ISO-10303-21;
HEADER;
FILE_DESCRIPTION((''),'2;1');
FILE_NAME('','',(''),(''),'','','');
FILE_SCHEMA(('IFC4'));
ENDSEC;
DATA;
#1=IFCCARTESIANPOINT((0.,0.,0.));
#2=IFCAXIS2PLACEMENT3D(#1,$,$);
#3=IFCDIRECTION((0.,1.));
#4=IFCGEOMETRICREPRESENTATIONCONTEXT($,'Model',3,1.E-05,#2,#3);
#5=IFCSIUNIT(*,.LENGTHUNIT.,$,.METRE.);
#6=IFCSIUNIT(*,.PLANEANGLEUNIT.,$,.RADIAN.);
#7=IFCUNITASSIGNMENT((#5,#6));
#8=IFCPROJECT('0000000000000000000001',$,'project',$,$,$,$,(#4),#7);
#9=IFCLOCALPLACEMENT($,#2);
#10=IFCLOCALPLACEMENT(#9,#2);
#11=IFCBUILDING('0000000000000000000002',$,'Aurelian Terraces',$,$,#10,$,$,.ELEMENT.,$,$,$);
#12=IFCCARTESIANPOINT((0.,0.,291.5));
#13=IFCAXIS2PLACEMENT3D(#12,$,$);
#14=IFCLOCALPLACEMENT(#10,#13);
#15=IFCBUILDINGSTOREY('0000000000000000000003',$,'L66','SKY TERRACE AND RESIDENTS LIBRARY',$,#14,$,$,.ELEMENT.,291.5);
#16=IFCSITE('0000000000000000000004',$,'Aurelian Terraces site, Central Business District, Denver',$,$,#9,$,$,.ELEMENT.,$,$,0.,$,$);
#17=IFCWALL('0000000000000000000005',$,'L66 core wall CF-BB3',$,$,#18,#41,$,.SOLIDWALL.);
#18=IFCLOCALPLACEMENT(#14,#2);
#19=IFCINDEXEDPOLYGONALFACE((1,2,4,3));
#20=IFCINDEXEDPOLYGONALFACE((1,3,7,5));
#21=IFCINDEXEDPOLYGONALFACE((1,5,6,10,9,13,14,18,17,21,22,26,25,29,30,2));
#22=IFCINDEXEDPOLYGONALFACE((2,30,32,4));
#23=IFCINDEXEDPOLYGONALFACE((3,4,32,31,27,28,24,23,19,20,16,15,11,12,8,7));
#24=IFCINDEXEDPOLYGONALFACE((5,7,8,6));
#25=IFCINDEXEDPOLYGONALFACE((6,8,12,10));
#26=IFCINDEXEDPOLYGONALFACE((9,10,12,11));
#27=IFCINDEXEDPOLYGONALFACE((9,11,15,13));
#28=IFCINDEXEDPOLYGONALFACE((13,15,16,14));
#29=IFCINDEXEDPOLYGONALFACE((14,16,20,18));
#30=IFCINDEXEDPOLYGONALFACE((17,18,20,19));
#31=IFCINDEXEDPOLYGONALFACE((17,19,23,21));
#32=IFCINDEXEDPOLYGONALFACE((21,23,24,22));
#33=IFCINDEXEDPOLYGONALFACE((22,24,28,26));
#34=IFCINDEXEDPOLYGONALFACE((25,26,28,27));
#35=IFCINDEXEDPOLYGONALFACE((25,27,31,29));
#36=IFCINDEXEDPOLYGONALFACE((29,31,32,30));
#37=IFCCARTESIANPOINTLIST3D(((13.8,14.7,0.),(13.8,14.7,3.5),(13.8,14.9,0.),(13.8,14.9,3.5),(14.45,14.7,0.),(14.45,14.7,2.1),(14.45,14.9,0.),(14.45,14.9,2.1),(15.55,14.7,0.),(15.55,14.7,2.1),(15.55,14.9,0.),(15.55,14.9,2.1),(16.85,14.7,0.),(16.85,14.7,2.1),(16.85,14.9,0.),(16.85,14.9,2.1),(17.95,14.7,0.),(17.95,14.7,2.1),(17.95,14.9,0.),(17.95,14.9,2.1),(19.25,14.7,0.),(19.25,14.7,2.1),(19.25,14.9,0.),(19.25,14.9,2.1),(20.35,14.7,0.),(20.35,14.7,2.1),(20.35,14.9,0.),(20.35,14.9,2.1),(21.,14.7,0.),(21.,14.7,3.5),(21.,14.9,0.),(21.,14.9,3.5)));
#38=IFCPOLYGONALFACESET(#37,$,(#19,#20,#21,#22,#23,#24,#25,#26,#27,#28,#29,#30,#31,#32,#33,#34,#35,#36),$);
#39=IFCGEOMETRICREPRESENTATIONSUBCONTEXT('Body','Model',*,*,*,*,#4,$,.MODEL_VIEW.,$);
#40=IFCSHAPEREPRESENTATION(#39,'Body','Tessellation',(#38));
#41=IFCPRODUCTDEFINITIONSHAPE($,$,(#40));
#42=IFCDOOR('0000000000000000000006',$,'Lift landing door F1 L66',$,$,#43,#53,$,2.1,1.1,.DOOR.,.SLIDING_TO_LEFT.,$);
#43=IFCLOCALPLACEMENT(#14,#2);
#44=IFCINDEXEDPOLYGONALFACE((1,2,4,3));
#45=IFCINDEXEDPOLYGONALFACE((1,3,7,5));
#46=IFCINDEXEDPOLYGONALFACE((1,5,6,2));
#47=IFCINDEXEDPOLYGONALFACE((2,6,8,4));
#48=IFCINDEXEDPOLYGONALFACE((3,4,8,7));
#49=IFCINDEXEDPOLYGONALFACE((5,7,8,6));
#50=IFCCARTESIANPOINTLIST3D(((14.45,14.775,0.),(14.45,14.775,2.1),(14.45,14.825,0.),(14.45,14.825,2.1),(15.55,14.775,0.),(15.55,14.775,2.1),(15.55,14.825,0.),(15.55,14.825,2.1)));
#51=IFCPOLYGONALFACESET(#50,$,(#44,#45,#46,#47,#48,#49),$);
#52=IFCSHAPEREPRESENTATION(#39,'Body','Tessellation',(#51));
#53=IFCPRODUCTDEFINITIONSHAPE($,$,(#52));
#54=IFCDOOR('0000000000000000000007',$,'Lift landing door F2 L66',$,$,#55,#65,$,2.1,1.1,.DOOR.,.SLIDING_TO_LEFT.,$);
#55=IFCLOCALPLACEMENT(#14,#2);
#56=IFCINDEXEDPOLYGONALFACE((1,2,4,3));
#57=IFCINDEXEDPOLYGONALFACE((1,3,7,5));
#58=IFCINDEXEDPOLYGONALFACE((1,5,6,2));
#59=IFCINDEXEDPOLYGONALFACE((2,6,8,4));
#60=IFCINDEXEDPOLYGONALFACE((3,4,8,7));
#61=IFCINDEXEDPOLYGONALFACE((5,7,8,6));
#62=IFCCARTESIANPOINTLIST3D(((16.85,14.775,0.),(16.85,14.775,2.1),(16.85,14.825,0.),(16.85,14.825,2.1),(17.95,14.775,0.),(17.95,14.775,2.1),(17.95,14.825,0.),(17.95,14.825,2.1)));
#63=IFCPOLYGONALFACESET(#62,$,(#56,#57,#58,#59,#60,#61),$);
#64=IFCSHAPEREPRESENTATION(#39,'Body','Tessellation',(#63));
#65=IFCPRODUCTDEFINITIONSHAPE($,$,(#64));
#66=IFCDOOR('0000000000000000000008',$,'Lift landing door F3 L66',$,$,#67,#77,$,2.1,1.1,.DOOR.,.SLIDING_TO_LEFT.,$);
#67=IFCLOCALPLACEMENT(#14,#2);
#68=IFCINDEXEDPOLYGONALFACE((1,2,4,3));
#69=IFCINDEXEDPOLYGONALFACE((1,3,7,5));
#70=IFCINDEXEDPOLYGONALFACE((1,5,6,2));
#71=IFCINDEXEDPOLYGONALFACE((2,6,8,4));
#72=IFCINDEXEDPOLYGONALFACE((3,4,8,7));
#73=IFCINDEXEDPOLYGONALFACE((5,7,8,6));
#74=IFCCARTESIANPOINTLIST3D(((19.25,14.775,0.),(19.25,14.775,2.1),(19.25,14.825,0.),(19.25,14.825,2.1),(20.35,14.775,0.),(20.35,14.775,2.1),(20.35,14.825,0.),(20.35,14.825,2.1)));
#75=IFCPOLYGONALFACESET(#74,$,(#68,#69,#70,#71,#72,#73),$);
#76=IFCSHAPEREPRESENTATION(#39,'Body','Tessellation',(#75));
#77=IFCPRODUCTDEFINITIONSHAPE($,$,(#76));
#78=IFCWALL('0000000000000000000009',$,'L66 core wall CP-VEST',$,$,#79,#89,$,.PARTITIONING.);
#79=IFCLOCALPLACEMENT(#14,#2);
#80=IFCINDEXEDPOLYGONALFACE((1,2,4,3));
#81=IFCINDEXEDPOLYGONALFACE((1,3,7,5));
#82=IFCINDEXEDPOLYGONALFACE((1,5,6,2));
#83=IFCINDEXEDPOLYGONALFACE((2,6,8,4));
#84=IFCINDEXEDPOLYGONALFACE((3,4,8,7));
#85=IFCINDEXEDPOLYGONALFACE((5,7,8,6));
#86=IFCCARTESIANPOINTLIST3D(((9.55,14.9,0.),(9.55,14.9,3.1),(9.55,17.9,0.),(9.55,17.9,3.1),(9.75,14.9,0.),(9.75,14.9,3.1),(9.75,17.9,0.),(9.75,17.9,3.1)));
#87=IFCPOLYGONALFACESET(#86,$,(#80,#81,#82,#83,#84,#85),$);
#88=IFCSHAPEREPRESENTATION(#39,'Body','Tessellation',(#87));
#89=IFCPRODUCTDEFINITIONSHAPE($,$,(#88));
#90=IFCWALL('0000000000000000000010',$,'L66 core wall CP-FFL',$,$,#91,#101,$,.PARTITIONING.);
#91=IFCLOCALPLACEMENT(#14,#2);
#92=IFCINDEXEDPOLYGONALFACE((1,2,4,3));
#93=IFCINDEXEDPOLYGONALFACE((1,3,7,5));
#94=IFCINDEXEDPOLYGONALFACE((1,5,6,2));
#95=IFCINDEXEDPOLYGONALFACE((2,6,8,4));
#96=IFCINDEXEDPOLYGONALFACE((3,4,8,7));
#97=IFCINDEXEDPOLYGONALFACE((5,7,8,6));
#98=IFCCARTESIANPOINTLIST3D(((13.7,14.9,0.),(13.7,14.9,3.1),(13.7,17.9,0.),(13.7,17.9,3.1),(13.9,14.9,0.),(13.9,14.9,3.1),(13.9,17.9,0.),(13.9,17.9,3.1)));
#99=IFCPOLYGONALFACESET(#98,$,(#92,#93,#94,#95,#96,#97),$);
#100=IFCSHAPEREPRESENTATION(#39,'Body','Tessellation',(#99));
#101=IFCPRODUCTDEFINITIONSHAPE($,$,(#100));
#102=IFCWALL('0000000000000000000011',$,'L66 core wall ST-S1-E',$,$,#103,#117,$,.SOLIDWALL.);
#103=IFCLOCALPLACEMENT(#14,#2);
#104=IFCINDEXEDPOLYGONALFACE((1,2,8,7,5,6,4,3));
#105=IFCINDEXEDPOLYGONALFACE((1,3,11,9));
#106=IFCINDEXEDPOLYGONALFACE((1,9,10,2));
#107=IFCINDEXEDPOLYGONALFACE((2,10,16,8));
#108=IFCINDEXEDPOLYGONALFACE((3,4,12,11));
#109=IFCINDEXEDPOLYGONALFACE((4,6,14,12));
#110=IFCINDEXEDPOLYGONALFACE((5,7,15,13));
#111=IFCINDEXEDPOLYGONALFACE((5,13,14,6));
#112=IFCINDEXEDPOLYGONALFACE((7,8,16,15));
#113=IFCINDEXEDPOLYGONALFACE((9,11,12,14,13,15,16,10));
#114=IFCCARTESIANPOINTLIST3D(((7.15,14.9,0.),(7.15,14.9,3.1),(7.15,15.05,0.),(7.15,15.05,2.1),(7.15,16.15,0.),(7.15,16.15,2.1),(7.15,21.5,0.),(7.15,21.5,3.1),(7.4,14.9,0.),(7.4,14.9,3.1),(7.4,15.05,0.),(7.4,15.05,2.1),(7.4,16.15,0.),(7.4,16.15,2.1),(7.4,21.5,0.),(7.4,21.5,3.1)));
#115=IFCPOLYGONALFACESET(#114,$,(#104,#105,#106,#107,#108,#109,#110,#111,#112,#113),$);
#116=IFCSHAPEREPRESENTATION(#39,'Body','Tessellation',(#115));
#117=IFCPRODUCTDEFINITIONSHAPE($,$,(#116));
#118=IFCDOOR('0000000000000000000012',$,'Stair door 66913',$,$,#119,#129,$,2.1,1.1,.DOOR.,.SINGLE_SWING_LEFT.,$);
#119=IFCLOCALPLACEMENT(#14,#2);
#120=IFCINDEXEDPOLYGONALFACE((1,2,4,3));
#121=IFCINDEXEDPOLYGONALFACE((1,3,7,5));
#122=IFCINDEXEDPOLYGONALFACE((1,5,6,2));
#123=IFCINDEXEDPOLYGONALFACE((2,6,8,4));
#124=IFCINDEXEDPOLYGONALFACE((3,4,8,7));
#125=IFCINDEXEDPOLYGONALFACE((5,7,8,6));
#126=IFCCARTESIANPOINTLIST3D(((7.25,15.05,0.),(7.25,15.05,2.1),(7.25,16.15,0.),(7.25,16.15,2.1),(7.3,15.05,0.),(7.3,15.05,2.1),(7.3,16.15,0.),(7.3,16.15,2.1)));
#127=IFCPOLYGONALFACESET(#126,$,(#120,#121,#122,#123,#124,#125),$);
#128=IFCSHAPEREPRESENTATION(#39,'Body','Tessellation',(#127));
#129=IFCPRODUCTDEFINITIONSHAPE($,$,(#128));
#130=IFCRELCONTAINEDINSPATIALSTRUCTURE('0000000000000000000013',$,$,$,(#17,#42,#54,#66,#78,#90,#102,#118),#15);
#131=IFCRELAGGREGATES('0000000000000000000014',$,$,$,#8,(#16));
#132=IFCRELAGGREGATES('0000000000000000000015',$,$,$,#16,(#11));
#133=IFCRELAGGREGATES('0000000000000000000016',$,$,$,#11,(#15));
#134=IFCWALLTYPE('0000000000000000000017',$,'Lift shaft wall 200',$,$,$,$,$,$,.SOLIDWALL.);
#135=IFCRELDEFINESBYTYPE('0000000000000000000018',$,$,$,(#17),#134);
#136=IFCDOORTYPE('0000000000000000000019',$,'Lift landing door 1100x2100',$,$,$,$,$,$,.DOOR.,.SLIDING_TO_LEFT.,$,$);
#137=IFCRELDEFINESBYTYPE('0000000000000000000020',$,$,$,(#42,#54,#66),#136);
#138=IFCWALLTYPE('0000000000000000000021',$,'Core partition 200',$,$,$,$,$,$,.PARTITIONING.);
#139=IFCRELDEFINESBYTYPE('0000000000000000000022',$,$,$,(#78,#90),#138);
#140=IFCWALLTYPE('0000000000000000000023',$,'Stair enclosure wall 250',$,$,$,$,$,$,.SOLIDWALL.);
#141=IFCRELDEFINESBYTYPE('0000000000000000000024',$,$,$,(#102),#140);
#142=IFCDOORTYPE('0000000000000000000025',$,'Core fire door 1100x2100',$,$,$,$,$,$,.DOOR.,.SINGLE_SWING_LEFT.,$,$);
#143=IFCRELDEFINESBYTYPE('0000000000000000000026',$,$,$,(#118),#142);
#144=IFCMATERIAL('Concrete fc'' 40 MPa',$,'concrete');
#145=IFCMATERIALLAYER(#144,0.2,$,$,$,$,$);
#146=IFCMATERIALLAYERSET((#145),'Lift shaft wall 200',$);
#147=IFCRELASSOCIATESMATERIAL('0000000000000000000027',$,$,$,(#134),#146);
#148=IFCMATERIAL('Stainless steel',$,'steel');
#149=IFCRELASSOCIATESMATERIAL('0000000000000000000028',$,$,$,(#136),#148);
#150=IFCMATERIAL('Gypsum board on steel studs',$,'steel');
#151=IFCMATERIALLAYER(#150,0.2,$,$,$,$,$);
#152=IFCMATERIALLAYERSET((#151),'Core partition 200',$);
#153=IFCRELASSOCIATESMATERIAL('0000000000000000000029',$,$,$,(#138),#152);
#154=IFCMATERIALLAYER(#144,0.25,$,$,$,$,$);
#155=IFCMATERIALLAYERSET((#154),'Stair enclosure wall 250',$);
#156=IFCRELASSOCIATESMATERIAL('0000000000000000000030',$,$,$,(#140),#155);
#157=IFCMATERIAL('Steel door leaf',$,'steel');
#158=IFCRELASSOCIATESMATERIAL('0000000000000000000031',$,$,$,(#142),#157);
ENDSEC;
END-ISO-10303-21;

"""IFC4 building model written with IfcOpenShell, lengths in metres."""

from ifc_helpers import new_model, si_unit, direction, frame, frame_2d, origin, place, context, subcontext, project, spatial, rectangle, extrude, source, transform, mapped, material, layer, layer_set, type_object, element, fill, save


model = new_model("IFC4")

# Units and contexts
model_context = context("Model", 3, precision=1e-05, world=origin(), true_north=direction((0.0, 1.0)))
body_context = subcontext(model_context, "Body", "Model", "MODEL_VIEW")
ifc_project = project(units=[si_unit("LENGTHUNIT", "METRE"), si_unit("PLANEANGLEUNIT", "RADIAN")], contexts=[model_context])

# Site, building, storey
site_placement = place(None, origin())
site = spatial("IfcSite", under=ifc_project, at=site_placement, Name="Aurelian Terraces site, Central Business District, Denver", CompositionType="ELEMENT", RefElevation=0.0)
building_placement = place(site_placement, origin())
building = spatial("IfcBuilding", under=site, at=building_placement, Name="Aurelian Terraces", CompositionType="ELEMENT")
storey_placement = place(building_placement, frame((0.0, 0.0, 291.5)))
storey = spatial("IfcBuildingStorey", under=building, at=storey_placement, Name="L66", Description="SKY TERRACE AND RESIDENTS LIBRARY", CompositionType="ELEMENT", Elevation=291.5)

# Shared definitions
ifc_material_1 = material(Name="Gypsum board on steel studs", Category="steel")
ifc_material_2 = material(Name="Steel door leaf", Category="steel")

# Wall, openings, doors
ifc_material_3 = material(Name="Concrete fc' 40 MPa", Category="concrete")
ifc_layer_1 = layer(ifc_material_3, 0.2)
ifc_layer_set_1 = layer_set([ifc_layer_1], Name="Lift shaft wall 200")
wall_type_1 = type_object("IfcWallType", Name="Lift shaft wall 200", PredefinedType="SOLIDWALL", material=ifc_layer_set_1)
shared_shape_1 = source(origin(), body_context, "Body", "SweptSolid", [
    extrude(rectangle(XDim=7.2, YDim=0.2, at=frame_2d((3.6, 0.0))), origin(), (0.0, 0.0, 1.0), 3.5),
])
wall_1_placement = place(storey_placement, frame((13.8, 14.8, 0.0), z_axis=(0.0, 0.0, 1.0), x_axis=(1.0, 0.0, 0.0)))
wall_1 = element("IfcWall", 1, at=wall_1_placement, inside=storey, type_object=wall_type_1, Name="L66 core wall CF-BB3", PredefinedType="SOLIDWALL", context=body_context, shape_type="MappedRepresentation", body=[
    mapped(shared_shape_1, transform((0.0, 0.0, 0.0), scale=1.0)),
])
shared_shape_2 = source(origin(), body_context, "Body", "SweptSolid", [
    extrude(rectangle(XDim=1.1, YDim=2.1, at=frame_2d((0.55, 1.05))), frame((0.0, 0.11, 0.0), z_axis=(0.0, -1.0, 0.0), x_axis=(1.0, 0.0, 0.0)), (0.0, 0.0, 1.0), 0.22),
])
opening_1_placement = place(wall_1_placement, frame((0.65, 0.0, 0.0)))
opening_1 = element("IfcOpeningElement", 2, at=opening_1_placement, cuts=wall_1, PredefinedType="OPENING", context=body_context, shape_type="MappedRepresentation", body=[
    mapped(shared_shape_2, transform((0.0, 0.0, 0.0), scale=1.0)),
])
opening_2_placement = place(wall_1_placement, frame((3.05, 0.0, 0.0)))
opening_2 = element("IfcOpeningElement", 3, at=opening_2_placement, cuts=wall_1, PredefinedType="OPENING", context=body_context, shape_type="MappedRepresentation", body=[
    mapped(shared_shape_2, transform((0.0, 0.0, 0.0), scale=1.0)),
])
opening_3_placement = place(wall_1_placement, frame((5.45, 0.0, 0.0)))
opening_3 = element("IfcOpeningElement", 4, at=opening_3_placement, cuts=wall_1, PredefinedType="OPENING", context=body_context, shape_type="MappedRepresentation", body=[
    mapped(shared_shape_2, transform((0.0, 0.0, 0.0), scale=1.0)),
])
ifc_material_4 = material(Name="Stainless steel", Category="steel")
door_type_1 = type_object("IfcDoorType", Name="Lift landing door 1100x2100", OperationType="SLIDING_TO_LEFT", PredefinedType="DOOR", material=ifc_material_4)
shared_shape_3 = source(origin(), body_context, "Body", "SweptSolid", [
    extrude(rectangle(XDim=1.1, YDim=2.1, at=frame_2d((0.55, 1.05))), frame((0.0, 0.025, 0.0), z_axis=(0.0, -1.0, 0.0), x_axis=(1.0, 0.0, 0.0)), (0.0, 0.0, 1.0), 0.05),
])
door_1_placement = place(opening_1_placement, origin())
door_1 = element("IfcDoor", 5, at=door_1_placement, inside=storey, type_object=door_type_1, Name="Lift landing door F1 L66", OperationType="SLIDING_TO_LEFT", OverallHeight=2.1, OverallWidth=1.1, PredefinedType="DOOR", context=body_context, shape_type="MappedRepresentation", body=[
    mapped(shared_shape_3, transform((0.0, 0.0, 0.0), scale=1.0)),
])
fill(opening_1, door_1)
door_2_placement = place(opening_2_placement, origin())
door_2 = element("IfcDoor", 6, at=door_2_placement, inside=storey, type_object=door_type_1, Name="Lift landing door F2 L66", OperationType="SLIDING_TO_LEFT", OverallHeight=2.1, OverallWidth=1.1, PredefinedType="DOOR", context=body_context, shape_type="MappedRepresentation", body=[
    mapped(shared_shape_3, transform((0.0, 0.0, 0.0), scale=1.0)),
])
fill(opening_2, door_2)
door_3_placement = place(opening_3_placement, origin())
door_3 = element("IfcDoor", 7, at=door_3_placement, inside=storey, type_object=door_type_1, Name="Lift landing door F3 L66", OperationType="SLIDING_TO_LEFT", OverallHeight=2.1, OverallWidth=1.1, PredefinedType="DOOR", context=body_context, shape_type="MappedRepresentation", body=[
    mapped(shared_shape_3, transform((0.0, 0.0, 0.0), scale=1.0)),
])
fill(opening_3, door_3)

# Walls
ifc_layer_2 = layer(ifc_material_1, 0.2)
ifc_layer_set_2 = layer_set([ifc_layer_2], Name="Core partition 200")
wall_type_2 = type_object("IfcWallType", Name="Core partition 200", PredefinedType="PARTITIONING", material=ifc_layer_set_2)
shared_shape_4 = source(origin(), body_context, "Body", "SweptSolid", [
    extrude(rectangle(XDim=3.0, YDim=0.2, at=frame_2d((1.5, 0.0))), origin(), (0.0, 0.0, 1.0), 3.1),
])
for number, where, z_axis, x_axis, name in (
    (8, (9.65, 14.9, 0.0), (0.0, 0.0, 1.0), (0.0, 1.0, 0.0), "L66 core wall CP-VEST"),
    (9, (13.8, 14.9, 0.0), (0.0, 0.0, 1.0), (0.0, 1.0, 0.0), "L66 core wall CP-FFL"),
):
    element("IfcWall", number, at=place(storey_placement, frame(where, z_axis=z_axis, x_axis=x_axis)), inside=storey, type_object=wall_type_2, Name=name, PredefinedType="PARTITIONING", context=body_context, shape_type="MappedRepresentation", body=[
        mapped(shared_shape_4, transform((0.0, 0.0, 0.0), scale=1.0)),
    ])

# Wall, opening, door
ifc_layer_3 = layer(ifc_material_3, 0.25)
ifc_layer_set_3 = layer_set([ifc_layer_3], Name="Stair enclosure wall 250")
wall_type_3 = type_object("IfcWallType", Name="Stair enclosure wall 250", PredefinedType="SOLIDWALL", material=ifc_layer_set_3)
shared_shape_5 = source(origin(), body_context, "Body", "SweptSolid", [
    extrude(rectangle(XDim=6.6, YDim=0.25, at=frame_2d((3.3, 0.0))), origin(), (0.0, 0.0, 1.0), 3.1),
])
wall_2_placement = place(storey_placement, frame((7.275, 14.9, 0.0), z_axis=(0.0, 0.0, 1.0), x_axis=(0.0, 1.0, 0.0)))
wall_2 = element("IfcWall", 10, at=wall_2_placement, inside=storey, type_object=wall_type_3, Name="L66 core wall ST-S1-E", PredefinedType="SOLIDWALL", context=body_context, shape_type="MappedRepresentation", body=[
    mapped(shared_shape_5, transform((0.0, 0.0, 0.0), scale=1.0)),
])
shared_shape_6 = source(origin(), body_context, "Body", "SweptSolid", [
    extrude(rectangle(XDim=1.1, YDim=2.1, at=frame_2d((0.55, 1.05))), frame((0.0, 0.135, 0.0), z_axis=(0.0, -1.0, 0.0), x_axis=(1.0, 0.0, 0.0)), (0.0, 0.0, 1.0), 0.27),
])
opening_4_placement = place(wall_2_placement, frame((0.15, 0.0, 0.0)))
opening_4 = element("IfcOpeningElement", 11, at=opening_4_placement, cuts=wall_2, PredefinedType="OPENING", context=body_context, shape_type="MappedRepresentation", body=[
    mapped(shared_shape_6, transform((0.0, 0.0, 0.0), scale=1.0)),
])
door_type_2 = type_object("IfcDoorType", Name="Core fire door 1100x2100", OperationType="SINGLE_SWING_LEFT", PredefinedType="DOOR", material=ifc_material_2)
door_4_placement = place(opening_4_placement, origin())
door_4 = element("IfcDoor", 12, at=door_4_placement, inside=storey, type_object=door_type_2, Name="Stair door 66913", OperationType="SINGLE_SWING_LEFT", OverallHeight=2.1, OverallWidth=1.1, PredefinedType="DOOR", context=body_context, shape_type="MappedRepresentation", body=[
    mapped(shared_shape_3, transform((0.0, 0.0, 0.0), scale=1.0)),
])
fill(opening_4, door_4)

save(model, "model.ifc")
